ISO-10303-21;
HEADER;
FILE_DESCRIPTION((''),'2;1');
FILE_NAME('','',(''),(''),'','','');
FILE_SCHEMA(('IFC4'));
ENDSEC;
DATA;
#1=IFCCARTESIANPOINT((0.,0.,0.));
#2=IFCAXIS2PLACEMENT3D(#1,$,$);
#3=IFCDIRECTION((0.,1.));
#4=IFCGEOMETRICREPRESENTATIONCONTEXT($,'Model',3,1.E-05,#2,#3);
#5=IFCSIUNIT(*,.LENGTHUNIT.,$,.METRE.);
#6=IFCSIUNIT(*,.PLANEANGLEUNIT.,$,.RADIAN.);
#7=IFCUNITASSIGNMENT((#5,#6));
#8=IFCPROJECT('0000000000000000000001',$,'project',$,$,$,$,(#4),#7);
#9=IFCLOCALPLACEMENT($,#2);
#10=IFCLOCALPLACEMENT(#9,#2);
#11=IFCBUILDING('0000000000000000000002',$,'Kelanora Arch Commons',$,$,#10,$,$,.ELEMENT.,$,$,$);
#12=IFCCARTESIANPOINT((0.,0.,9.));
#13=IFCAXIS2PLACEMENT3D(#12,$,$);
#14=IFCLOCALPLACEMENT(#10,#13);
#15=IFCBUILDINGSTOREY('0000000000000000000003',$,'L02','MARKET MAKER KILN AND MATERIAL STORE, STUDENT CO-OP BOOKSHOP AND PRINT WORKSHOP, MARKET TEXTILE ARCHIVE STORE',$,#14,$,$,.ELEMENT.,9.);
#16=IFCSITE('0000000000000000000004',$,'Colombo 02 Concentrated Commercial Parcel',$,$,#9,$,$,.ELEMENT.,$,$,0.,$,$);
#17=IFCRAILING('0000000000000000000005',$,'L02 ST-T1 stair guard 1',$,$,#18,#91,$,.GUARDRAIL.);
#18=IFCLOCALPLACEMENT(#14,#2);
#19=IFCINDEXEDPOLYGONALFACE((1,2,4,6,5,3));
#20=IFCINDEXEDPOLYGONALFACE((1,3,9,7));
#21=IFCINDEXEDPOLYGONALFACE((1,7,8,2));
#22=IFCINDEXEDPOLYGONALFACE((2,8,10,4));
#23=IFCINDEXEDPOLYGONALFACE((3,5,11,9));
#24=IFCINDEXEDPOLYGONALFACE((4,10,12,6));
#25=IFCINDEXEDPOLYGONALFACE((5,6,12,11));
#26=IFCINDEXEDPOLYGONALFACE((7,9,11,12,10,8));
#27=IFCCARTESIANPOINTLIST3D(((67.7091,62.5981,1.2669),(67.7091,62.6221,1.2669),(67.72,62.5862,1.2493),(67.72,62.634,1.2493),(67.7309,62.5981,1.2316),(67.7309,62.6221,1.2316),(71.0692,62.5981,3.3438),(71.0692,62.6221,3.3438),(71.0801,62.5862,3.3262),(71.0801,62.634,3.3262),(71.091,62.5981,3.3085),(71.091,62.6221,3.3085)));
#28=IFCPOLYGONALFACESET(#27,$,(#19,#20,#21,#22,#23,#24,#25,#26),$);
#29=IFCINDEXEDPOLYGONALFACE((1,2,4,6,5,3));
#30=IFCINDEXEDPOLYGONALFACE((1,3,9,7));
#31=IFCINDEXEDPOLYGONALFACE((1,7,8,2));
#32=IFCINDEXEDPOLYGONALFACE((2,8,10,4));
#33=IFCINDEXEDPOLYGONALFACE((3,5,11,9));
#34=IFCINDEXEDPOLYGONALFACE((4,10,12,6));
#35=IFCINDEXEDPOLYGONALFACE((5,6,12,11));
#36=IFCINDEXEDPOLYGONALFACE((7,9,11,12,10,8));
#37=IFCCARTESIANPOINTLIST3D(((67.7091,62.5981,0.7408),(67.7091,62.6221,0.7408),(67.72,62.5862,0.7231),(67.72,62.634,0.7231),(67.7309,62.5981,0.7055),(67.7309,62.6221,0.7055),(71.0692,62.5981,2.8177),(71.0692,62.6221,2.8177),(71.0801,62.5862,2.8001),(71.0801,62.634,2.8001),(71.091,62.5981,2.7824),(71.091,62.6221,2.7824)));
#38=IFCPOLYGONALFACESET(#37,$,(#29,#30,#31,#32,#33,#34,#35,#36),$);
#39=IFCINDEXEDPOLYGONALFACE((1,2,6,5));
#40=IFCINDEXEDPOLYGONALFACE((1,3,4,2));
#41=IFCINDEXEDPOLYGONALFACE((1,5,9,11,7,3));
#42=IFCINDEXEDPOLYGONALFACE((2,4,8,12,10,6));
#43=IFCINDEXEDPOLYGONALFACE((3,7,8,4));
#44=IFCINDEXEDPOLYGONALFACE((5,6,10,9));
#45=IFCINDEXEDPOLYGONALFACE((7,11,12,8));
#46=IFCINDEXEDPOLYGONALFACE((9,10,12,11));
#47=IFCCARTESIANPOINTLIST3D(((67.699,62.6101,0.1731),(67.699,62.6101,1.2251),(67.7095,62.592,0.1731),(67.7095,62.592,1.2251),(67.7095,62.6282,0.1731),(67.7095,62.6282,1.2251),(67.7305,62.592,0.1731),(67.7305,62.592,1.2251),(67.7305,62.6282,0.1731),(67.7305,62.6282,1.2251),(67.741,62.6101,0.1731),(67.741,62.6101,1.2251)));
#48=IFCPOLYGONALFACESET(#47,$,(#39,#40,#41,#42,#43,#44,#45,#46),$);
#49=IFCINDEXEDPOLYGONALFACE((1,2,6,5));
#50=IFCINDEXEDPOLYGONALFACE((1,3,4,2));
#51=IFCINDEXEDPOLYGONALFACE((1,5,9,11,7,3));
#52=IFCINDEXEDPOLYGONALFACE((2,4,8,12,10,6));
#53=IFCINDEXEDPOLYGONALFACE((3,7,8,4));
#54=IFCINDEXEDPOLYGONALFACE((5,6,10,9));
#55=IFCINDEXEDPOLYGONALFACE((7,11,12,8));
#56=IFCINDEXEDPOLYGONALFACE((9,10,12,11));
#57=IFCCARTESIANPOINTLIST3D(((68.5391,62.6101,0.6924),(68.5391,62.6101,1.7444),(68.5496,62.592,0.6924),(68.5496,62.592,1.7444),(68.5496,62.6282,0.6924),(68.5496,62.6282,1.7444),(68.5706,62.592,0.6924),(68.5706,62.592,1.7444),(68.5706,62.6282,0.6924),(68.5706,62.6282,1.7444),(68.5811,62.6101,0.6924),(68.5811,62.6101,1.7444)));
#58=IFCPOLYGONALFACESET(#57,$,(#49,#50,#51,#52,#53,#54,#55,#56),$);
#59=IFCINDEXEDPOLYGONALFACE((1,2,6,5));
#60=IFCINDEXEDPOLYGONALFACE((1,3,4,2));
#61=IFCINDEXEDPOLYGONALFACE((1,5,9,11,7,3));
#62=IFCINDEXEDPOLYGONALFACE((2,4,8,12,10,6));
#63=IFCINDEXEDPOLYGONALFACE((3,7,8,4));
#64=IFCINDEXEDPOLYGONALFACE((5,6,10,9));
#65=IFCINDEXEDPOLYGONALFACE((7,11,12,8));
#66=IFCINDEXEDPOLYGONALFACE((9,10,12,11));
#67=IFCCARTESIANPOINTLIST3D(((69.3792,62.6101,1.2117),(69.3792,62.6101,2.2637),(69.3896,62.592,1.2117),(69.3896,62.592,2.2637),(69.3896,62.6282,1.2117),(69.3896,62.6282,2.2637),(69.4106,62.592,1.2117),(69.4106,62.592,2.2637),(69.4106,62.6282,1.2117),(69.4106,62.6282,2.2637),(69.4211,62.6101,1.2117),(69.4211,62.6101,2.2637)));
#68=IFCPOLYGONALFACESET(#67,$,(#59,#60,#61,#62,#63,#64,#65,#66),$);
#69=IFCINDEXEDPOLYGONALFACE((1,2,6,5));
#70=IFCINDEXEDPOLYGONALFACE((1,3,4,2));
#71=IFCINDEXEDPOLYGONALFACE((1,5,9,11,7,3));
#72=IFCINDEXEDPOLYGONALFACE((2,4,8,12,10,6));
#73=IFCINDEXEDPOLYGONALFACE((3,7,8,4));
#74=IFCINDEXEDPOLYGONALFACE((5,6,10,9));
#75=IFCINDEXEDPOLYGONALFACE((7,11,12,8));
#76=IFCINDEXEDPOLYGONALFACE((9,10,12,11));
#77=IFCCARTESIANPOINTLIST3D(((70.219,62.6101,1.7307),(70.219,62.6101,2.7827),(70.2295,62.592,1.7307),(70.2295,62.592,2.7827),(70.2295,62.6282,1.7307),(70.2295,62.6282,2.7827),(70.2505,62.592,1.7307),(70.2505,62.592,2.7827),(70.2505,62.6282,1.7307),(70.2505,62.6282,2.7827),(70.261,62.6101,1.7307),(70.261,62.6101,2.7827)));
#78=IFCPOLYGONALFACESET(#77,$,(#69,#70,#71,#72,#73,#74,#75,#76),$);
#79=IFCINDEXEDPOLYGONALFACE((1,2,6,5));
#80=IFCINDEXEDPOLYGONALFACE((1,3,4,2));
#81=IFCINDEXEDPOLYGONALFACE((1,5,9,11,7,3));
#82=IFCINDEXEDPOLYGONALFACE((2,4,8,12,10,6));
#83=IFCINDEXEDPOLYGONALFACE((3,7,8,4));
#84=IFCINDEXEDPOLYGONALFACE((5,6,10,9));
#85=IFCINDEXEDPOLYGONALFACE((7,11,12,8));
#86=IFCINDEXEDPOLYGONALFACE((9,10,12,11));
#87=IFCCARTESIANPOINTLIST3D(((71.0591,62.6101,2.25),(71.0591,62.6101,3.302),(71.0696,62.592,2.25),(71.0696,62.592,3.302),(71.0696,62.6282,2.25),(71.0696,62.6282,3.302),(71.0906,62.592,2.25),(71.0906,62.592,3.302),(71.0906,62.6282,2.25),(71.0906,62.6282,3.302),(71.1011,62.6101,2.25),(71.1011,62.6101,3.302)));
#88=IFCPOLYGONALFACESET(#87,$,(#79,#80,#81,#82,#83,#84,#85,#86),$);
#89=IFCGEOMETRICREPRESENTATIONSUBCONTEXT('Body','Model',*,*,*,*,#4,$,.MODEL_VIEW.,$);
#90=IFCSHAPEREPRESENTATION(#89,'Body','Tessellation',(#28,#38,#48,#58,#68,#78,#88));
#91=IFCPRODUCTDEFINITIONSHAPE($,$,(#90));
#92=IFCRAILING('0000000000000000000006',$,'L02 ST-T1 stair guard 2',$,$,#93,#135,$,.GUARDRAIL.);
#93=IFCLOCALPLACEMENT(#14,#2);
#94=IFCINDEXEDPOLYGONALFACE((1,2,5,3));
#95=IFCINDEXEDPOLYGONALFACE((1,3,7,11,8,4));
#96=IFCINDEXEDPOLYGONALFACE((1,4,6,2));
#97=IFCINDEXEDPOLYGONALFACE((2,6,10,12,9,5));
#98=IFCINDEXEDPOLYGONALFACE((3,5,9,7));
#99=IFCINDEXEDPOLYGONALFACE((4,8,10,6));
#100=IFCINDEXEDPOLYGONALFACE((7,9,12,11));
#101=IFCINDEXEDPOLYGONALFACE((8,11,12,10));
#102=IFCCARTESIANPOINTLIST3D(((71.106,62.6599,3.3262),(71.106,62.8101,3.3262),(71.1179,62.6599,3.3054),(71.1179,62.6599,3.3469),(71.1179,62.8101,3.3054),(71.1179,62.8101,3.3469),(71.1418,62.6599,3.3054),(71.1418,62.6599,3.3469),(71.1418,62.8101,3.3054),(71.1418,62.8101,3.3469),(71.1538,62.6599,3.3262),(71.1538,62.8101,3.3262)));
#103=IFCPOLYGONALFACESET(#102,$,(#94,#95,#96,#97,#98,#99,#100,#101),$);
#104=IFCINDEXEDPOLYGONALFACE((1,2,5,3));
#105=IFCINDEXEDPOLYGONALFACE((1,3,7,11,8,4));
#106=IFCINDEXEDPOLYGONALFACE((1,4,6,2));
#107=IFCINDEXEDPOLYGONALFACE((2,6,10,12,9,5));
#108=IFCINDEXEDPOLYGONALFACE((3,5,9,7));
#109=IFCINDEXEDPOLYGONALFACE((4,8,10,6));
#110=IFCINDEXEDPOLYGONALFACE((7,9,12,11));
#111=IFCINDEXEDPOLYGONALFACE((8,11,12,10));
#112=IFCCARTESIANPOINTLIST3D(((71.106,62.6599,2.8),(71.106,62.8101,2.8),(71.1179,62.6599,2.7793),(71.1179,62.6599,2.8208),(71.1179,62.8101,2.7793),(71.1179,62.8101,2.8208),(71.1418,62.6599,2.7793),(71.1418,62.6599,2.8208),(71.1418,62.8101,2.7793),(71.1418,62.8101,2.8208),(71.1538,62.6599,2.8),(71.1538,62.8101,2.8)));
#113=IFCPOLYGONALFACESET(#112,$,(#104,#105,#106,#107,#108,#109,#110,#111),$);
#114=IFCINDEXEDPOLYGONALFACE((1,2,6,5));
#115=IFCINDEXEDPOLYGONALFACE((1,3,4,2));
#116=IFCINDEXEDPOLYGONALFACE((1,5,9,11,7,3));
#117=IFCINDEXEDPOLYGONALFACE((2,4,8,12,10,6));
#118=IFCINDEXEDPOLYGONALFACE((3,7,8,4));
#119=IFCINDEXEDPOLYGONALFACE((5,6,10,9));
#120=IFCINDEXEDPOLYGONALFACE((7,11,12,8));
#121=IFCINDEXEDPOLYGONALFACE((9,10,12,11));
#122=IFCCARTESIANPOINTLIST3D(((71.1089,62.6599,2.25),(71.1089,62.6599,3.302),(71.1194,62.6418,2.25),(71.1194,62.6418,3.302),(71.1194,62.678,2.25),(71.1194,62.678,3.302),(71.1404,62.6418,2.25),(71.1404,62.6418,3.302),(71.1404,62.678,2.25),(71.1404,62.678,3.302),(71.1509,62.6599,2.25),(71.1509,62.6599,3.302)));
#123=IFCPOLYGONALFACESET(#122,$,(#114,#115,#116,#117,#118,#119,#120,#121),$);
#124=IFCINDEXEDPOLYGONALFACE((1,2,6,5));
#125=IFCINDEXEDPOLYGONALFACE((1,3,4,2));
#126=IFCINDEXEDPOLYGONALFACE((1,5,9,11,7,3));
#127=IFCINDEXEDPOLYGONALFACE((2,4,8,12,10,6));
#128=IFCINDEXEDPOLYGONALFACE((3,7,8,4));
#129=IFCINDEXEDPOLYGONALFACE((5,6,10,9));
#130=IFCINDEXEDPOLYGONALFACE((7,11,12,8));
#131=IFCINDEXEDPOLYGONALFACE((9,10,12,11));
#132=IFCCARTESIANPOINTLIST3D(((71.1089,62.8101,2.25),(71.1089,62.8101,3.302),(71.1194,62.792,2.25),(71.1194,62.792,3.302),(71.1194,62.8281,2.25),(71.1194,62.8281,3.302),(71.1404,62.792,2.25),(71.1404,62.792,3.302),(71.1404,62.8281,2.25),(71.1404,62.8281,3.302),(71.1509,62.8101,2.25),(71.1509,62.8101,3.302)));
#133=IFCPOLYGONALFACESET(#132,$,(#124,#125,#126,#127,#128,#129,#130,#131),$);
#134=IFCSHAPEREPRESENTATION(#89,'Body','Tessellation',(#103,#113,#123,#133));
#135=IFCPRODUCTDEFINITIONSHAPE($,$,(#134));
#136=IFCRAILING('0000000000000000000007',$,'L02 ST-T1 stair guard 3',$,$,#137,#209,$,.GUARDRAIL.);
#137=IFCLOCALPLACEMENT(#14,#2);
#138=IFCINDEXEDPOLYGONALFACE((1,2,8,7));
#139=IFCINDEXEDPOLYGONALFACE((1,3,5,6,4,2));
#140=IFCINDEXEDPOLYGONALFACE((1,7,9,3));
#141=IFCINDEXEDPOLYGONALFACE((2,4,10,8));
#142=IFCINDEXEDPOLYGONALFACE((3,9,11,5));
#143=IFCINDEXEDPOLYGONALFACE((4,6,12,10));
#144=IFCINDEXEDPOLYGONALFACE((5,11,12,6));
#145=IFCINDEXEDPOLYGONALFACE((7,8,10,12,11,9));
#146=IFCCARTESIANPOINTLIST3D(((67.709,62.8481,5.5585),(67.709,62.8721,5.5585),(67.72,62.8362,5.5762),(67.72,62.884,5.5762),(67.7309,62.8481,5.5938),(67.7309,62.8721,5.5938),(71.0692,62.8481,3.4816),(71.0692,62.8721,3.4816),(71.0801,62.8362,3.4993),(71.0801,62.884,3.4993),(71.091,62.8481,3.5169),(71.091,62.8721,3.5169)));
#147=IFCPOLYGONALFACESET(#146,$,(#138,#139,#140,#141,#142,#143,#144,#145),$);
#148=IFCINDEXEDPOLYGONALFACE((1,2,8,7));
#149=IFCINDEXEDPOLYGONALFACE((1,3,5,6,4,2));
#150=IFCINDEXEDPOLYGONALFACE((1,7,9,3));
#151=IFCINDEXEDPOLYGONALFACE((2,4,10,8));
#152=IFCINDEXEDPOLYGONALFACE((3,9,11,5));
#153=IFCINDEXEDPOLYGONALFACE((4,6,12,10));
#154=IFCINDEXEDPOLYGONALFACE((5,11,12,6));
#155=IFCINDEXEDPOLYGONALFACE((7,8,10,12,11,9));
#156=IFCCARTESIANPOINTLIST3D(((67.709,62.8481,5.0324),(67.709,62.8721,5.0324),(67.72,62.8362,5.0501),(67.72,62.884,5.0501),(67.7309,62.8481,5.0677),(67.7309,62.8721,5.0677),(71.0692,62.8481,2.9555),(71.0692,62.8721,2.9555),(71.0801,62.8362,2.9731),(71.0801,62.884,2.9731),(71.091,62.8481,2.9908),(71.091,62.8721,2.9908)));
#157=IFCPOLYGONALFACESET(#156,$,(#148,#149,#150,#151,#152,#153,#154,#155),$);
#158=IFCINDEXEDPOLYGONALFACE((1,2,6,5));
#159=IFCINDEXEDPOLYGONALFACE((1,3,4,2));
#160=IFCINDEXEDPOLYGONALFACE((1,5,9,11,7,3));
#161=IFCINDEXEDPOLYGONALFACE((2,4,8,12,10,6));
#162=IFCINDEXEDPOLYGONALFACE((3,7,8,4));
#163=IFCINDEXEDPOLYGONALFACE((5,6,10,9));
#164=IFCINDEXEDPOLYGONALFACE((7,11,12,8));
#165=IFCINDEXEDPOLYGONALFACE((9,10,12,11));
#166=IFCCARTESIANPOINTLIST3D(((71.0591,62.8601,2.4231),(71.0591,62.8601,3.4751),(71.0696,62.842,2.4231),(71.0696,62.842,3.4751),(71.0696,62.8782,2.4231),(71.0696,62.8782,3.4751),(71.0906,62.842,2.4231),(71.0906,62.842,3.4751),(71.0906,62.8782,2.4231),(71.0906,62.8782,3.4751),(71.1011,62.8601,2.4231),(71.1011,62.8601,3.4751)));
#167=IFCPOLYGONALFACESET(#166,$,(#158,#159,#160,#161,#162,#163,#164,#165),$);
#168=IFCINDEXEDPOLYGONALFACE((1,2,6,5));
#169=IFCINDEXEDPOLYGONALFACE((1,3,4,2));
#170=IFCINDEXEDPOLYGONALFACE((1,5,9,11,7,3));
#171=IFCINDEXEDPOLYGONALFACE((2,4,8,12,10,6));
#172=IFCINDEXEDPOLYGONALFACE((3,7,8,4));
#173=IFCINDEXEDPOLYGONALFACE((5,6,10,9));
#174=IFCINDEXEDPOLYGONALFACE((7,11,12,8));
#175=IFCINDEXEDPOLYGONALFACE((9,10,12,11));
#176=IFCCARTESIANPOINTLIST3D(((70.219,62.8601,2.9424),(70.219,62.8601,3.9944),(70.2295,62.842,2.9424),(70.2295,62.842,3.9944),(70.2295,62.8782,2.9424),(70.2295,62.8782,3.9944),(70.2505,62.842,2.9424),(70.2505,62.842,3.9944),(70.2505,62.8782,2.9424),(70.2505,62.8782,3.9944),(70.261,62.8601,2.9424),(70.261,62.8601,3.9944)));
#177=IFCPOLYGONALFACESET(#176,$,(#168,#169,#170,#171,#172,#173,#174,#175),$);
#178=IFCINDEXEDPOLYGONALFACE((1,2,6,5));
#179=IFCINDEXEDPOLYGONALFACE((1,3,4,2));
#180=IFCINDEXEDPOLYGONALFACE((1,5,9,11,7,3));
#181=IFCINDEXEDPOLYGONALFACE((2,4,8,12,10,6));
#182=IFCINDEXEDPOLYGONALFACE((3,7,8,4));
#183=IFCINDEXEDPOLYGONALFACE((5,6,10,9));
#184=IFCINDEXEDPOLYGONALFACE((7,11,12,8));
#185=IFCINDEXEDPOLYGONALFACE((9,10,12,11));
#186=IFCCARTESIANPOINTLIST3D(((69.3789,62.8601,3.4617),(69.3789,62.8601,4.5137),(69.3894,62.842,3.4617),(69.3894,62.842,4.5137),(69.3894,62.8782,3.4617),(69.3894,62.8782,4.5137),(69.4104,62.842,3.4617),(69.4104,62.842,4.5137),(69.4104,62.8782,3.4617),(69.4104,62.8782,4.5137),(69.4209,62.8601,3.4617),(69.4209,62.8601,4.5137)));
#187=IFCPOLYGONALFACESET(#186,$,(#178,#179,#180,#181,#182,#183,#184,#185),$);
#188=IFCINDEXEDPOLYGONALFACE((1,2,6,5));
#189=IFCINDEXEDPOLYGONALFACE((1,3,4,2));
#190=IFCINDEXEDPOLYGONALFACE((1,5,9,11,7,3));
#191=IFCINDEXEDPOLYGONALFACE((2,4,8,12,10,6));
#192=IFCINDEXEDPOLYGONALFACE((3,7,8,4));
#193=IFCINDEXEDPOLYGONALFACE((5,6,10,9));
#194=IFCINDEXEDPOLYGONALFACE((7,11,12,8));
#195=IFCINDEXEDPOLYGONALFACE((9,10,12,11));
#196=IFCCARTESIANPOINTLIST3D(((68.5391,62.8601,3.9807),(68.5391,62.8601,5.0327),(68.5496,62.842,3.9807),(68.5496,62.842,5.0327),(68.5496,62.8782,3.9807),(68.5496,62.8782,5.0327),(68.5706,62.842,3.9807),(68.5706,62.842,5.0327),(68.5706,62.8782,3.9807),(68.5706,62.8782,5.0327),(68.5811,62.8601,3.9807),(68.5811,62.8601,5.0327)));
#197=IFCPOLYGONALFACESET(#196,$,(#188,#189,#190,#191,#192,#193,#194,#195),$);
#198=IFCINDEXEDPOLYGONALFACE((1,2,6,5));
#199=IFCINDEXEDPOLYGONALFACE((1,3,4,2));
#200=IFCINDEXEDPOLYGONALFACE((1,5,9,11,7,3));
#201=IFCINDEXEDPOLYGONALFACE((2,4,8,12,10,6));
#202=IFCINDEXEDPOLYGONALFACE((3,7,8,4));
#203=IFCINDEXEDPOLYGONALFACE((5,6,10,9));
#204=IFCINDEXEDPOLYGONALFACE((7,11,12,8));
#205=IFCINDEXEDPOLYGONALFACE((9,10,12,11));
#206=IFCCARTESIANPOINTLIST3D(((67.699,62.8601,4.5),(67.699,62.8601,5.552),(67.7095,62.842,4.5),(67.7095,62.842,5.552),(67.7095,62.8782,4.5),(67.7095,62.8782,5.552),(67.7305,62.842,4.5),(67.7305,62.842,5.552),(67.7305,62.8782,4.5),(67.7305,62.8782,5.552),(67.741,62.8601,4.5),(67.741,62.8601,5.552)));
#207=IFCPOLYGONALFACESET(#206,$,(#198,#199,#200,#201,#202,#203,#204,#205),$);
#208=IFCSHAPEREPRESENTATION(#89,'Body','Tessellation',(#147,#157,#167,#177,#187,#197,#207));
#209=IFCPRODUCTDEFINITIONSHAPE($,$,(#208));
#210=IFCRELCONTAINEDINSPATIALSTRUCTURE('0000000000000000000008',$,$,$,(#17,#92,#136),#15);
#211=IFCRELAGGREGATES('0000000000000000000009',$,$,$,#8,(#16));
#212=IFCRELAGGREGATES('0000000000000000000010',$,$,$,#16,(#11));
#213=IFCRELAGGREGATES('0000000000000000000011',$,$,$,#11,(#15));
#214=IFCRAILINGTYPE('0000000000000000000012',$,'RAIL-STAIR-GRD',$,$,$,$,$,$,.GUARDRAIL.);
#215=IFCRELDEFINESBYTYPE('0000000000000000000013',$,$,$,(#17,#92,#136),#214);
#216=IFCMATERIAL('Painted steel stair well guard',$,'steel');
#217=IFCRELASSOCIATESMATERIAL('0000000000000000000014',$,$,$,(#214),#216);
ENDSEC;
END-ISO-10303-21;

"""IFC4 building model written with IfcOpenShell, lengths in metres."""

from ifc_helpers import new_model, si_unit, direction, frame, origin, place, context, subcontext, project, spatial, polyline, outline, extrude, material, type_object, element, save


model = new_model("IFC4")

# Units and contexts
model_context = context("Model", 3, precision=1e-05, world=origin(), true_north=direction((0.0, 1.0)))
body_context = subcontext(model_context, "Body", "Model", "MODEL_VIEW")
ifc_project = project(units=[si_unit("LENGTHUNIT", "METRE"), si_unit("PLANEANGLEUNIT", "RADIAN")], contexts=[model_context])

# Site, building, storey
site_placement = place(None, origin())
site = spatial("IfcSite", under=ifc_project, at=site_placement, Name="Colombo 02 Concentrated Commercial Parcel", CompositionType="ELEMENT", RefElevation=0.0)
building_placement = place(site_placement, origin())
building = spatial("IfcBuilding", under=site, at=building_placement, Name="Kelanora Arch Commons", CompositionType="ELEMENT")
storey_placement = place(building_placement, frame((0.0, 0.0, 9.0)))
storey = spatial("IfcBuildingStorey", under=building, at=storey_placement, Name="L02", Description="MARKET MAKER KILN AND MATERIAL STORE, STUDENT CO-OP BOOKSHOP AND PRINT WORKSHOP, MARKET TEXTILE ARCHIVE STORE", CompositionType="ELEMENT", Elevation=9.0)

# Railings
ifc_material_1 = material(Name="Painted steel stair well guard", Category="steel")
railing_type_1 = type_object("IfcRailingType", Name="RAIL-STAIR-GRD", PredefinedType="GUARDRAIL", material=ifc_material_1)
railing_1_placement = place(storey_placement, frame((67.72, 62.6101, 0.1731)))
element("IfcRailing", 1, at=railing_1_placement, inside=storey, type_object=railing_type_1, Name="L02 ST-T1 stair guard 1", PredefinedType="GUARDRAIL", context=body_context, shape_type="SweptSolid", body=[
    extrude(outline(polyline([(0.0239, 0.0), (0.012, 0.0208), (-0.012, 0.0208), (-0.0239, 0.0), (-0.012, -0.0208), (0.012, -0.0208), (0.0239, 0.0)])), frame((0.0, 0.0, 1.0762), z_axis=(0.850623, 0.0, 0.525776), x_axis=(0.0, 1.0, 0.0)), (0.0, 0.0, 1.0), 3.9502),
    extrude(outline(polyline([(0.0239, 0.0), (0.012, 0.0208), (-0.012, 0.0208), (-0.0239, 0.0), (-0.012, -0.0208), (0.012, -0.0208), (0.0239, 0.0)])), frame((0.0, 0.0, 0.55), z_axis=(0.850623, 0.0, 0.525776), x_axis=(0.0, 1.0, 0.0)), (0.0, 0.0, 1.0), 3.9502),
    extrude(outline(polyline([(0.021, 0.0), (0.0105, 0.0181), (-0.0105, 0.0181), (-0.021, 0.0), (-0.0105, -0.0181), (0.0105, -0.0181), (0.021, 0.0)])), origin(), (0.0, 0.0, 1.0), 1.052),
    extrude(outline(polyline([(0.021, 0.0), (0.0105, 0.0181), (-0.0105, 0.0181), (-0.021, 0.0), (-0.0105, -0.0181), (0.0105, -0.0181), (0.021, 0.0)])), frame((0.8401, 0.0, 0.5193)), (0.0, 0.0, 1.0), 1.052),
    extrude(outline(polyline([(0.021, 0.0), (0.0105, 0.0181), (-0.0105, 0.0181), (-0.021, 0.0), (-0.0105, -0.0181), (0.0105, -0.0181), (0.021, 0.0)])), frame((1.6802, 0.0, 1.0386)), (0.0, 0.0, 1.0), 1.052),
    extrude(outline(polyline([(0.021, 0.0), (0.0105, 0.0181), (-0.0105, 0.0181), (-0.021, 0.0), (-0.0105, -0.0181), (0.0105, -0.0181), (0.021, 0.0)])), frame((2.52, 0.0, 1.5576)), (0.0, 0.0, 1.0), 1.052),
    extrude(outline(polyline([(0.021, 0.0), (0.0105, 0.0181), (-0.0105, 0.0181), (-0.021, 0.0), (-0.0105, -0.0181), (0.0105, -0.0181), (0.021, 0.0)])), frame((3.3601, 0.0, 2.0769)), (0.0, 0.0, 1.0), 1.052),
])
railing_2_placement = place(storey_placement, frame((71.1299, 62.6599, 2.25)))
element("IfcRailing", 2, at=railing_2_placement, inside=storey, type_object=railing_type_1, Name="L02 ST-T1 stair guard 2", PredefinedType="GUARDRAIL", context=body_context, shape_type="SweptSolid", body=[
    extrude(outline(polyline([(0.0239, 0.0), (0.012, 0.0208), (-0.012, 0.0208), (-0.0239, 0.0), (-0.012, -0.0208), (0.012, -0.0208), (0.0239, 0.0)])), frame((0.0, 0.0, 1.0762), z_axis=(0.0, 1.0, 0.0), x_axis=(-1.0, 0.0, 0.0)), (0.0, 0.0, 1.0), 0.1501),
    extrude(outline(polyline([(0.0239, 0.0), (0.012, 0.0208), (-0.012, 0.0208), (-0.0239, 0.0), (-0.012, -0.0208), (0.012, -0.0208), (0.0239, 0.0)])), frame((0.0, 0.0, 0.55), z_axis=(0.0, 1.0, 0.0), x_axis=(-1.0, 0.0, 0.0)), (0.0, 0.0, 1.0), 0.1501),
    extrude(outline(polyline([(0.021, 0.0), (0.0105, 0.0181), (-0.0105, 0.0181), (-0.021, 0.0), (-0.0105, -0.0181), (0.0105, -0.0181), (0.021, 0.0)])), origin(), (0.0, 0.0, 1.0), 1.052),
    extrude(outline(polyline([(0.021, 0.0), (0.0105, 0.0181), (-0.0105, 0.0181), (-0.021, 0.0), (-0.0105, -0.0181), (0.0105, -0.0181), (0.021, 0.0)])), frame((0.0, 0.1501, 0.0)), (0.0, 0.0, 1.0), 1.052),
])
railing_3_placement = place(storey_placement, frame((71.0801, 62.8601, 2.4231)))
element("IfcRailing", 3, at=railing_3_placement, inside=storey, type_object=railing_type_1, Name="L02 ST-T1 stair guard 3", PredefinedType="GUARDRAIL", context=body_context, shape_type="SweptSolid", body=[
    extrude(outline(polyline([(0.0239, 0.0), (0.012, 0.0208), (-0.012, 0.0208), (-0.0239, 0.0), (-0.012, -0.0208), (0.012, -0.0208), (0.0239, 0.0)])), frame((0.0, 0.0, 1.0762), z_axis=(-0.850623, 0.0, 0.525776), x_axis=(0.0, -1.0, 0.0)), (0.0, 0.0, 1.0), 3.9502),
    extrude(outline(polyline([(0.0239, 0.0), (0.012, 0.0208), (-0.012, 0.0208), (-0.0239, 0.0), (-0.012, -0.0208), (0.012, -0.0208), (0.0239, 0.0)])), frame((0.0, 0.0, 0.55), z_axis=(-0.850623, 0.0, 0.525776), x_axis=(0.0, -1.0, 0.0)), (0.0, 0.0, 1.0), 3.9502),
    extrude(outline(polyline([(0.021, 0.0), (0.0105, 0.0181), (-0.0105, 0.0181), (-0.021, 0.0), (-0.0105, -0.0181), (0.0105, -0.0181), (0.021, 0.0)])), origin(), (0.0, 0.0, 1.0), 1.052),
    extrude(outline(polyline([(0.021, 0.0), (0.0105, 0.0181), (-0.0105, 0.0181), (-0.021, 0.0), (-0.0105, -0.0181), (0.0105, -0.0181), (0.021, 0.0)])), frame((-0.8401, 0.0, 0.5193)), (0.0, 0.0, 1.0), 1.052),
    extrude(outline(polyline([(0.021, 0.0), (0.0105, 0.0181), (-0.0105, 0.0181), (-0.021, 0.0), (-0.0105, -0.0181), (0.0105, -0.0181), (0.021, 0.0)])), frame((-1.6802, 0.0, 1.0386)), (0.0, 0.0, 1.0), 1.052),
    extrude(outline(polyline([(0.021, 0.0), (0.0105, 0.0181), (-0.0105, 0.0181), (-0.021, 0.0), (-0.0105, -0.0181), (0.0105, -0.0181), (0.021, 0.0)])), frame((-2.52, 0.0, 1.5576)), (0.0, 0.0, 1.0), 1.052),
    extrude(outline(polyline([(0.021, 0.0), (0.0105, 0.0181), (-0.0105, 0.0181), (-0.021, 0.0), (-0.0105, -0.0181), (0.0105, -0.0181), (0.021, 0.0)])), frame((-3.3601, 0.0, 2.0769)), (0.0, 0.0, 1.0), 1.052),
])

save(model, "model.ifc")
